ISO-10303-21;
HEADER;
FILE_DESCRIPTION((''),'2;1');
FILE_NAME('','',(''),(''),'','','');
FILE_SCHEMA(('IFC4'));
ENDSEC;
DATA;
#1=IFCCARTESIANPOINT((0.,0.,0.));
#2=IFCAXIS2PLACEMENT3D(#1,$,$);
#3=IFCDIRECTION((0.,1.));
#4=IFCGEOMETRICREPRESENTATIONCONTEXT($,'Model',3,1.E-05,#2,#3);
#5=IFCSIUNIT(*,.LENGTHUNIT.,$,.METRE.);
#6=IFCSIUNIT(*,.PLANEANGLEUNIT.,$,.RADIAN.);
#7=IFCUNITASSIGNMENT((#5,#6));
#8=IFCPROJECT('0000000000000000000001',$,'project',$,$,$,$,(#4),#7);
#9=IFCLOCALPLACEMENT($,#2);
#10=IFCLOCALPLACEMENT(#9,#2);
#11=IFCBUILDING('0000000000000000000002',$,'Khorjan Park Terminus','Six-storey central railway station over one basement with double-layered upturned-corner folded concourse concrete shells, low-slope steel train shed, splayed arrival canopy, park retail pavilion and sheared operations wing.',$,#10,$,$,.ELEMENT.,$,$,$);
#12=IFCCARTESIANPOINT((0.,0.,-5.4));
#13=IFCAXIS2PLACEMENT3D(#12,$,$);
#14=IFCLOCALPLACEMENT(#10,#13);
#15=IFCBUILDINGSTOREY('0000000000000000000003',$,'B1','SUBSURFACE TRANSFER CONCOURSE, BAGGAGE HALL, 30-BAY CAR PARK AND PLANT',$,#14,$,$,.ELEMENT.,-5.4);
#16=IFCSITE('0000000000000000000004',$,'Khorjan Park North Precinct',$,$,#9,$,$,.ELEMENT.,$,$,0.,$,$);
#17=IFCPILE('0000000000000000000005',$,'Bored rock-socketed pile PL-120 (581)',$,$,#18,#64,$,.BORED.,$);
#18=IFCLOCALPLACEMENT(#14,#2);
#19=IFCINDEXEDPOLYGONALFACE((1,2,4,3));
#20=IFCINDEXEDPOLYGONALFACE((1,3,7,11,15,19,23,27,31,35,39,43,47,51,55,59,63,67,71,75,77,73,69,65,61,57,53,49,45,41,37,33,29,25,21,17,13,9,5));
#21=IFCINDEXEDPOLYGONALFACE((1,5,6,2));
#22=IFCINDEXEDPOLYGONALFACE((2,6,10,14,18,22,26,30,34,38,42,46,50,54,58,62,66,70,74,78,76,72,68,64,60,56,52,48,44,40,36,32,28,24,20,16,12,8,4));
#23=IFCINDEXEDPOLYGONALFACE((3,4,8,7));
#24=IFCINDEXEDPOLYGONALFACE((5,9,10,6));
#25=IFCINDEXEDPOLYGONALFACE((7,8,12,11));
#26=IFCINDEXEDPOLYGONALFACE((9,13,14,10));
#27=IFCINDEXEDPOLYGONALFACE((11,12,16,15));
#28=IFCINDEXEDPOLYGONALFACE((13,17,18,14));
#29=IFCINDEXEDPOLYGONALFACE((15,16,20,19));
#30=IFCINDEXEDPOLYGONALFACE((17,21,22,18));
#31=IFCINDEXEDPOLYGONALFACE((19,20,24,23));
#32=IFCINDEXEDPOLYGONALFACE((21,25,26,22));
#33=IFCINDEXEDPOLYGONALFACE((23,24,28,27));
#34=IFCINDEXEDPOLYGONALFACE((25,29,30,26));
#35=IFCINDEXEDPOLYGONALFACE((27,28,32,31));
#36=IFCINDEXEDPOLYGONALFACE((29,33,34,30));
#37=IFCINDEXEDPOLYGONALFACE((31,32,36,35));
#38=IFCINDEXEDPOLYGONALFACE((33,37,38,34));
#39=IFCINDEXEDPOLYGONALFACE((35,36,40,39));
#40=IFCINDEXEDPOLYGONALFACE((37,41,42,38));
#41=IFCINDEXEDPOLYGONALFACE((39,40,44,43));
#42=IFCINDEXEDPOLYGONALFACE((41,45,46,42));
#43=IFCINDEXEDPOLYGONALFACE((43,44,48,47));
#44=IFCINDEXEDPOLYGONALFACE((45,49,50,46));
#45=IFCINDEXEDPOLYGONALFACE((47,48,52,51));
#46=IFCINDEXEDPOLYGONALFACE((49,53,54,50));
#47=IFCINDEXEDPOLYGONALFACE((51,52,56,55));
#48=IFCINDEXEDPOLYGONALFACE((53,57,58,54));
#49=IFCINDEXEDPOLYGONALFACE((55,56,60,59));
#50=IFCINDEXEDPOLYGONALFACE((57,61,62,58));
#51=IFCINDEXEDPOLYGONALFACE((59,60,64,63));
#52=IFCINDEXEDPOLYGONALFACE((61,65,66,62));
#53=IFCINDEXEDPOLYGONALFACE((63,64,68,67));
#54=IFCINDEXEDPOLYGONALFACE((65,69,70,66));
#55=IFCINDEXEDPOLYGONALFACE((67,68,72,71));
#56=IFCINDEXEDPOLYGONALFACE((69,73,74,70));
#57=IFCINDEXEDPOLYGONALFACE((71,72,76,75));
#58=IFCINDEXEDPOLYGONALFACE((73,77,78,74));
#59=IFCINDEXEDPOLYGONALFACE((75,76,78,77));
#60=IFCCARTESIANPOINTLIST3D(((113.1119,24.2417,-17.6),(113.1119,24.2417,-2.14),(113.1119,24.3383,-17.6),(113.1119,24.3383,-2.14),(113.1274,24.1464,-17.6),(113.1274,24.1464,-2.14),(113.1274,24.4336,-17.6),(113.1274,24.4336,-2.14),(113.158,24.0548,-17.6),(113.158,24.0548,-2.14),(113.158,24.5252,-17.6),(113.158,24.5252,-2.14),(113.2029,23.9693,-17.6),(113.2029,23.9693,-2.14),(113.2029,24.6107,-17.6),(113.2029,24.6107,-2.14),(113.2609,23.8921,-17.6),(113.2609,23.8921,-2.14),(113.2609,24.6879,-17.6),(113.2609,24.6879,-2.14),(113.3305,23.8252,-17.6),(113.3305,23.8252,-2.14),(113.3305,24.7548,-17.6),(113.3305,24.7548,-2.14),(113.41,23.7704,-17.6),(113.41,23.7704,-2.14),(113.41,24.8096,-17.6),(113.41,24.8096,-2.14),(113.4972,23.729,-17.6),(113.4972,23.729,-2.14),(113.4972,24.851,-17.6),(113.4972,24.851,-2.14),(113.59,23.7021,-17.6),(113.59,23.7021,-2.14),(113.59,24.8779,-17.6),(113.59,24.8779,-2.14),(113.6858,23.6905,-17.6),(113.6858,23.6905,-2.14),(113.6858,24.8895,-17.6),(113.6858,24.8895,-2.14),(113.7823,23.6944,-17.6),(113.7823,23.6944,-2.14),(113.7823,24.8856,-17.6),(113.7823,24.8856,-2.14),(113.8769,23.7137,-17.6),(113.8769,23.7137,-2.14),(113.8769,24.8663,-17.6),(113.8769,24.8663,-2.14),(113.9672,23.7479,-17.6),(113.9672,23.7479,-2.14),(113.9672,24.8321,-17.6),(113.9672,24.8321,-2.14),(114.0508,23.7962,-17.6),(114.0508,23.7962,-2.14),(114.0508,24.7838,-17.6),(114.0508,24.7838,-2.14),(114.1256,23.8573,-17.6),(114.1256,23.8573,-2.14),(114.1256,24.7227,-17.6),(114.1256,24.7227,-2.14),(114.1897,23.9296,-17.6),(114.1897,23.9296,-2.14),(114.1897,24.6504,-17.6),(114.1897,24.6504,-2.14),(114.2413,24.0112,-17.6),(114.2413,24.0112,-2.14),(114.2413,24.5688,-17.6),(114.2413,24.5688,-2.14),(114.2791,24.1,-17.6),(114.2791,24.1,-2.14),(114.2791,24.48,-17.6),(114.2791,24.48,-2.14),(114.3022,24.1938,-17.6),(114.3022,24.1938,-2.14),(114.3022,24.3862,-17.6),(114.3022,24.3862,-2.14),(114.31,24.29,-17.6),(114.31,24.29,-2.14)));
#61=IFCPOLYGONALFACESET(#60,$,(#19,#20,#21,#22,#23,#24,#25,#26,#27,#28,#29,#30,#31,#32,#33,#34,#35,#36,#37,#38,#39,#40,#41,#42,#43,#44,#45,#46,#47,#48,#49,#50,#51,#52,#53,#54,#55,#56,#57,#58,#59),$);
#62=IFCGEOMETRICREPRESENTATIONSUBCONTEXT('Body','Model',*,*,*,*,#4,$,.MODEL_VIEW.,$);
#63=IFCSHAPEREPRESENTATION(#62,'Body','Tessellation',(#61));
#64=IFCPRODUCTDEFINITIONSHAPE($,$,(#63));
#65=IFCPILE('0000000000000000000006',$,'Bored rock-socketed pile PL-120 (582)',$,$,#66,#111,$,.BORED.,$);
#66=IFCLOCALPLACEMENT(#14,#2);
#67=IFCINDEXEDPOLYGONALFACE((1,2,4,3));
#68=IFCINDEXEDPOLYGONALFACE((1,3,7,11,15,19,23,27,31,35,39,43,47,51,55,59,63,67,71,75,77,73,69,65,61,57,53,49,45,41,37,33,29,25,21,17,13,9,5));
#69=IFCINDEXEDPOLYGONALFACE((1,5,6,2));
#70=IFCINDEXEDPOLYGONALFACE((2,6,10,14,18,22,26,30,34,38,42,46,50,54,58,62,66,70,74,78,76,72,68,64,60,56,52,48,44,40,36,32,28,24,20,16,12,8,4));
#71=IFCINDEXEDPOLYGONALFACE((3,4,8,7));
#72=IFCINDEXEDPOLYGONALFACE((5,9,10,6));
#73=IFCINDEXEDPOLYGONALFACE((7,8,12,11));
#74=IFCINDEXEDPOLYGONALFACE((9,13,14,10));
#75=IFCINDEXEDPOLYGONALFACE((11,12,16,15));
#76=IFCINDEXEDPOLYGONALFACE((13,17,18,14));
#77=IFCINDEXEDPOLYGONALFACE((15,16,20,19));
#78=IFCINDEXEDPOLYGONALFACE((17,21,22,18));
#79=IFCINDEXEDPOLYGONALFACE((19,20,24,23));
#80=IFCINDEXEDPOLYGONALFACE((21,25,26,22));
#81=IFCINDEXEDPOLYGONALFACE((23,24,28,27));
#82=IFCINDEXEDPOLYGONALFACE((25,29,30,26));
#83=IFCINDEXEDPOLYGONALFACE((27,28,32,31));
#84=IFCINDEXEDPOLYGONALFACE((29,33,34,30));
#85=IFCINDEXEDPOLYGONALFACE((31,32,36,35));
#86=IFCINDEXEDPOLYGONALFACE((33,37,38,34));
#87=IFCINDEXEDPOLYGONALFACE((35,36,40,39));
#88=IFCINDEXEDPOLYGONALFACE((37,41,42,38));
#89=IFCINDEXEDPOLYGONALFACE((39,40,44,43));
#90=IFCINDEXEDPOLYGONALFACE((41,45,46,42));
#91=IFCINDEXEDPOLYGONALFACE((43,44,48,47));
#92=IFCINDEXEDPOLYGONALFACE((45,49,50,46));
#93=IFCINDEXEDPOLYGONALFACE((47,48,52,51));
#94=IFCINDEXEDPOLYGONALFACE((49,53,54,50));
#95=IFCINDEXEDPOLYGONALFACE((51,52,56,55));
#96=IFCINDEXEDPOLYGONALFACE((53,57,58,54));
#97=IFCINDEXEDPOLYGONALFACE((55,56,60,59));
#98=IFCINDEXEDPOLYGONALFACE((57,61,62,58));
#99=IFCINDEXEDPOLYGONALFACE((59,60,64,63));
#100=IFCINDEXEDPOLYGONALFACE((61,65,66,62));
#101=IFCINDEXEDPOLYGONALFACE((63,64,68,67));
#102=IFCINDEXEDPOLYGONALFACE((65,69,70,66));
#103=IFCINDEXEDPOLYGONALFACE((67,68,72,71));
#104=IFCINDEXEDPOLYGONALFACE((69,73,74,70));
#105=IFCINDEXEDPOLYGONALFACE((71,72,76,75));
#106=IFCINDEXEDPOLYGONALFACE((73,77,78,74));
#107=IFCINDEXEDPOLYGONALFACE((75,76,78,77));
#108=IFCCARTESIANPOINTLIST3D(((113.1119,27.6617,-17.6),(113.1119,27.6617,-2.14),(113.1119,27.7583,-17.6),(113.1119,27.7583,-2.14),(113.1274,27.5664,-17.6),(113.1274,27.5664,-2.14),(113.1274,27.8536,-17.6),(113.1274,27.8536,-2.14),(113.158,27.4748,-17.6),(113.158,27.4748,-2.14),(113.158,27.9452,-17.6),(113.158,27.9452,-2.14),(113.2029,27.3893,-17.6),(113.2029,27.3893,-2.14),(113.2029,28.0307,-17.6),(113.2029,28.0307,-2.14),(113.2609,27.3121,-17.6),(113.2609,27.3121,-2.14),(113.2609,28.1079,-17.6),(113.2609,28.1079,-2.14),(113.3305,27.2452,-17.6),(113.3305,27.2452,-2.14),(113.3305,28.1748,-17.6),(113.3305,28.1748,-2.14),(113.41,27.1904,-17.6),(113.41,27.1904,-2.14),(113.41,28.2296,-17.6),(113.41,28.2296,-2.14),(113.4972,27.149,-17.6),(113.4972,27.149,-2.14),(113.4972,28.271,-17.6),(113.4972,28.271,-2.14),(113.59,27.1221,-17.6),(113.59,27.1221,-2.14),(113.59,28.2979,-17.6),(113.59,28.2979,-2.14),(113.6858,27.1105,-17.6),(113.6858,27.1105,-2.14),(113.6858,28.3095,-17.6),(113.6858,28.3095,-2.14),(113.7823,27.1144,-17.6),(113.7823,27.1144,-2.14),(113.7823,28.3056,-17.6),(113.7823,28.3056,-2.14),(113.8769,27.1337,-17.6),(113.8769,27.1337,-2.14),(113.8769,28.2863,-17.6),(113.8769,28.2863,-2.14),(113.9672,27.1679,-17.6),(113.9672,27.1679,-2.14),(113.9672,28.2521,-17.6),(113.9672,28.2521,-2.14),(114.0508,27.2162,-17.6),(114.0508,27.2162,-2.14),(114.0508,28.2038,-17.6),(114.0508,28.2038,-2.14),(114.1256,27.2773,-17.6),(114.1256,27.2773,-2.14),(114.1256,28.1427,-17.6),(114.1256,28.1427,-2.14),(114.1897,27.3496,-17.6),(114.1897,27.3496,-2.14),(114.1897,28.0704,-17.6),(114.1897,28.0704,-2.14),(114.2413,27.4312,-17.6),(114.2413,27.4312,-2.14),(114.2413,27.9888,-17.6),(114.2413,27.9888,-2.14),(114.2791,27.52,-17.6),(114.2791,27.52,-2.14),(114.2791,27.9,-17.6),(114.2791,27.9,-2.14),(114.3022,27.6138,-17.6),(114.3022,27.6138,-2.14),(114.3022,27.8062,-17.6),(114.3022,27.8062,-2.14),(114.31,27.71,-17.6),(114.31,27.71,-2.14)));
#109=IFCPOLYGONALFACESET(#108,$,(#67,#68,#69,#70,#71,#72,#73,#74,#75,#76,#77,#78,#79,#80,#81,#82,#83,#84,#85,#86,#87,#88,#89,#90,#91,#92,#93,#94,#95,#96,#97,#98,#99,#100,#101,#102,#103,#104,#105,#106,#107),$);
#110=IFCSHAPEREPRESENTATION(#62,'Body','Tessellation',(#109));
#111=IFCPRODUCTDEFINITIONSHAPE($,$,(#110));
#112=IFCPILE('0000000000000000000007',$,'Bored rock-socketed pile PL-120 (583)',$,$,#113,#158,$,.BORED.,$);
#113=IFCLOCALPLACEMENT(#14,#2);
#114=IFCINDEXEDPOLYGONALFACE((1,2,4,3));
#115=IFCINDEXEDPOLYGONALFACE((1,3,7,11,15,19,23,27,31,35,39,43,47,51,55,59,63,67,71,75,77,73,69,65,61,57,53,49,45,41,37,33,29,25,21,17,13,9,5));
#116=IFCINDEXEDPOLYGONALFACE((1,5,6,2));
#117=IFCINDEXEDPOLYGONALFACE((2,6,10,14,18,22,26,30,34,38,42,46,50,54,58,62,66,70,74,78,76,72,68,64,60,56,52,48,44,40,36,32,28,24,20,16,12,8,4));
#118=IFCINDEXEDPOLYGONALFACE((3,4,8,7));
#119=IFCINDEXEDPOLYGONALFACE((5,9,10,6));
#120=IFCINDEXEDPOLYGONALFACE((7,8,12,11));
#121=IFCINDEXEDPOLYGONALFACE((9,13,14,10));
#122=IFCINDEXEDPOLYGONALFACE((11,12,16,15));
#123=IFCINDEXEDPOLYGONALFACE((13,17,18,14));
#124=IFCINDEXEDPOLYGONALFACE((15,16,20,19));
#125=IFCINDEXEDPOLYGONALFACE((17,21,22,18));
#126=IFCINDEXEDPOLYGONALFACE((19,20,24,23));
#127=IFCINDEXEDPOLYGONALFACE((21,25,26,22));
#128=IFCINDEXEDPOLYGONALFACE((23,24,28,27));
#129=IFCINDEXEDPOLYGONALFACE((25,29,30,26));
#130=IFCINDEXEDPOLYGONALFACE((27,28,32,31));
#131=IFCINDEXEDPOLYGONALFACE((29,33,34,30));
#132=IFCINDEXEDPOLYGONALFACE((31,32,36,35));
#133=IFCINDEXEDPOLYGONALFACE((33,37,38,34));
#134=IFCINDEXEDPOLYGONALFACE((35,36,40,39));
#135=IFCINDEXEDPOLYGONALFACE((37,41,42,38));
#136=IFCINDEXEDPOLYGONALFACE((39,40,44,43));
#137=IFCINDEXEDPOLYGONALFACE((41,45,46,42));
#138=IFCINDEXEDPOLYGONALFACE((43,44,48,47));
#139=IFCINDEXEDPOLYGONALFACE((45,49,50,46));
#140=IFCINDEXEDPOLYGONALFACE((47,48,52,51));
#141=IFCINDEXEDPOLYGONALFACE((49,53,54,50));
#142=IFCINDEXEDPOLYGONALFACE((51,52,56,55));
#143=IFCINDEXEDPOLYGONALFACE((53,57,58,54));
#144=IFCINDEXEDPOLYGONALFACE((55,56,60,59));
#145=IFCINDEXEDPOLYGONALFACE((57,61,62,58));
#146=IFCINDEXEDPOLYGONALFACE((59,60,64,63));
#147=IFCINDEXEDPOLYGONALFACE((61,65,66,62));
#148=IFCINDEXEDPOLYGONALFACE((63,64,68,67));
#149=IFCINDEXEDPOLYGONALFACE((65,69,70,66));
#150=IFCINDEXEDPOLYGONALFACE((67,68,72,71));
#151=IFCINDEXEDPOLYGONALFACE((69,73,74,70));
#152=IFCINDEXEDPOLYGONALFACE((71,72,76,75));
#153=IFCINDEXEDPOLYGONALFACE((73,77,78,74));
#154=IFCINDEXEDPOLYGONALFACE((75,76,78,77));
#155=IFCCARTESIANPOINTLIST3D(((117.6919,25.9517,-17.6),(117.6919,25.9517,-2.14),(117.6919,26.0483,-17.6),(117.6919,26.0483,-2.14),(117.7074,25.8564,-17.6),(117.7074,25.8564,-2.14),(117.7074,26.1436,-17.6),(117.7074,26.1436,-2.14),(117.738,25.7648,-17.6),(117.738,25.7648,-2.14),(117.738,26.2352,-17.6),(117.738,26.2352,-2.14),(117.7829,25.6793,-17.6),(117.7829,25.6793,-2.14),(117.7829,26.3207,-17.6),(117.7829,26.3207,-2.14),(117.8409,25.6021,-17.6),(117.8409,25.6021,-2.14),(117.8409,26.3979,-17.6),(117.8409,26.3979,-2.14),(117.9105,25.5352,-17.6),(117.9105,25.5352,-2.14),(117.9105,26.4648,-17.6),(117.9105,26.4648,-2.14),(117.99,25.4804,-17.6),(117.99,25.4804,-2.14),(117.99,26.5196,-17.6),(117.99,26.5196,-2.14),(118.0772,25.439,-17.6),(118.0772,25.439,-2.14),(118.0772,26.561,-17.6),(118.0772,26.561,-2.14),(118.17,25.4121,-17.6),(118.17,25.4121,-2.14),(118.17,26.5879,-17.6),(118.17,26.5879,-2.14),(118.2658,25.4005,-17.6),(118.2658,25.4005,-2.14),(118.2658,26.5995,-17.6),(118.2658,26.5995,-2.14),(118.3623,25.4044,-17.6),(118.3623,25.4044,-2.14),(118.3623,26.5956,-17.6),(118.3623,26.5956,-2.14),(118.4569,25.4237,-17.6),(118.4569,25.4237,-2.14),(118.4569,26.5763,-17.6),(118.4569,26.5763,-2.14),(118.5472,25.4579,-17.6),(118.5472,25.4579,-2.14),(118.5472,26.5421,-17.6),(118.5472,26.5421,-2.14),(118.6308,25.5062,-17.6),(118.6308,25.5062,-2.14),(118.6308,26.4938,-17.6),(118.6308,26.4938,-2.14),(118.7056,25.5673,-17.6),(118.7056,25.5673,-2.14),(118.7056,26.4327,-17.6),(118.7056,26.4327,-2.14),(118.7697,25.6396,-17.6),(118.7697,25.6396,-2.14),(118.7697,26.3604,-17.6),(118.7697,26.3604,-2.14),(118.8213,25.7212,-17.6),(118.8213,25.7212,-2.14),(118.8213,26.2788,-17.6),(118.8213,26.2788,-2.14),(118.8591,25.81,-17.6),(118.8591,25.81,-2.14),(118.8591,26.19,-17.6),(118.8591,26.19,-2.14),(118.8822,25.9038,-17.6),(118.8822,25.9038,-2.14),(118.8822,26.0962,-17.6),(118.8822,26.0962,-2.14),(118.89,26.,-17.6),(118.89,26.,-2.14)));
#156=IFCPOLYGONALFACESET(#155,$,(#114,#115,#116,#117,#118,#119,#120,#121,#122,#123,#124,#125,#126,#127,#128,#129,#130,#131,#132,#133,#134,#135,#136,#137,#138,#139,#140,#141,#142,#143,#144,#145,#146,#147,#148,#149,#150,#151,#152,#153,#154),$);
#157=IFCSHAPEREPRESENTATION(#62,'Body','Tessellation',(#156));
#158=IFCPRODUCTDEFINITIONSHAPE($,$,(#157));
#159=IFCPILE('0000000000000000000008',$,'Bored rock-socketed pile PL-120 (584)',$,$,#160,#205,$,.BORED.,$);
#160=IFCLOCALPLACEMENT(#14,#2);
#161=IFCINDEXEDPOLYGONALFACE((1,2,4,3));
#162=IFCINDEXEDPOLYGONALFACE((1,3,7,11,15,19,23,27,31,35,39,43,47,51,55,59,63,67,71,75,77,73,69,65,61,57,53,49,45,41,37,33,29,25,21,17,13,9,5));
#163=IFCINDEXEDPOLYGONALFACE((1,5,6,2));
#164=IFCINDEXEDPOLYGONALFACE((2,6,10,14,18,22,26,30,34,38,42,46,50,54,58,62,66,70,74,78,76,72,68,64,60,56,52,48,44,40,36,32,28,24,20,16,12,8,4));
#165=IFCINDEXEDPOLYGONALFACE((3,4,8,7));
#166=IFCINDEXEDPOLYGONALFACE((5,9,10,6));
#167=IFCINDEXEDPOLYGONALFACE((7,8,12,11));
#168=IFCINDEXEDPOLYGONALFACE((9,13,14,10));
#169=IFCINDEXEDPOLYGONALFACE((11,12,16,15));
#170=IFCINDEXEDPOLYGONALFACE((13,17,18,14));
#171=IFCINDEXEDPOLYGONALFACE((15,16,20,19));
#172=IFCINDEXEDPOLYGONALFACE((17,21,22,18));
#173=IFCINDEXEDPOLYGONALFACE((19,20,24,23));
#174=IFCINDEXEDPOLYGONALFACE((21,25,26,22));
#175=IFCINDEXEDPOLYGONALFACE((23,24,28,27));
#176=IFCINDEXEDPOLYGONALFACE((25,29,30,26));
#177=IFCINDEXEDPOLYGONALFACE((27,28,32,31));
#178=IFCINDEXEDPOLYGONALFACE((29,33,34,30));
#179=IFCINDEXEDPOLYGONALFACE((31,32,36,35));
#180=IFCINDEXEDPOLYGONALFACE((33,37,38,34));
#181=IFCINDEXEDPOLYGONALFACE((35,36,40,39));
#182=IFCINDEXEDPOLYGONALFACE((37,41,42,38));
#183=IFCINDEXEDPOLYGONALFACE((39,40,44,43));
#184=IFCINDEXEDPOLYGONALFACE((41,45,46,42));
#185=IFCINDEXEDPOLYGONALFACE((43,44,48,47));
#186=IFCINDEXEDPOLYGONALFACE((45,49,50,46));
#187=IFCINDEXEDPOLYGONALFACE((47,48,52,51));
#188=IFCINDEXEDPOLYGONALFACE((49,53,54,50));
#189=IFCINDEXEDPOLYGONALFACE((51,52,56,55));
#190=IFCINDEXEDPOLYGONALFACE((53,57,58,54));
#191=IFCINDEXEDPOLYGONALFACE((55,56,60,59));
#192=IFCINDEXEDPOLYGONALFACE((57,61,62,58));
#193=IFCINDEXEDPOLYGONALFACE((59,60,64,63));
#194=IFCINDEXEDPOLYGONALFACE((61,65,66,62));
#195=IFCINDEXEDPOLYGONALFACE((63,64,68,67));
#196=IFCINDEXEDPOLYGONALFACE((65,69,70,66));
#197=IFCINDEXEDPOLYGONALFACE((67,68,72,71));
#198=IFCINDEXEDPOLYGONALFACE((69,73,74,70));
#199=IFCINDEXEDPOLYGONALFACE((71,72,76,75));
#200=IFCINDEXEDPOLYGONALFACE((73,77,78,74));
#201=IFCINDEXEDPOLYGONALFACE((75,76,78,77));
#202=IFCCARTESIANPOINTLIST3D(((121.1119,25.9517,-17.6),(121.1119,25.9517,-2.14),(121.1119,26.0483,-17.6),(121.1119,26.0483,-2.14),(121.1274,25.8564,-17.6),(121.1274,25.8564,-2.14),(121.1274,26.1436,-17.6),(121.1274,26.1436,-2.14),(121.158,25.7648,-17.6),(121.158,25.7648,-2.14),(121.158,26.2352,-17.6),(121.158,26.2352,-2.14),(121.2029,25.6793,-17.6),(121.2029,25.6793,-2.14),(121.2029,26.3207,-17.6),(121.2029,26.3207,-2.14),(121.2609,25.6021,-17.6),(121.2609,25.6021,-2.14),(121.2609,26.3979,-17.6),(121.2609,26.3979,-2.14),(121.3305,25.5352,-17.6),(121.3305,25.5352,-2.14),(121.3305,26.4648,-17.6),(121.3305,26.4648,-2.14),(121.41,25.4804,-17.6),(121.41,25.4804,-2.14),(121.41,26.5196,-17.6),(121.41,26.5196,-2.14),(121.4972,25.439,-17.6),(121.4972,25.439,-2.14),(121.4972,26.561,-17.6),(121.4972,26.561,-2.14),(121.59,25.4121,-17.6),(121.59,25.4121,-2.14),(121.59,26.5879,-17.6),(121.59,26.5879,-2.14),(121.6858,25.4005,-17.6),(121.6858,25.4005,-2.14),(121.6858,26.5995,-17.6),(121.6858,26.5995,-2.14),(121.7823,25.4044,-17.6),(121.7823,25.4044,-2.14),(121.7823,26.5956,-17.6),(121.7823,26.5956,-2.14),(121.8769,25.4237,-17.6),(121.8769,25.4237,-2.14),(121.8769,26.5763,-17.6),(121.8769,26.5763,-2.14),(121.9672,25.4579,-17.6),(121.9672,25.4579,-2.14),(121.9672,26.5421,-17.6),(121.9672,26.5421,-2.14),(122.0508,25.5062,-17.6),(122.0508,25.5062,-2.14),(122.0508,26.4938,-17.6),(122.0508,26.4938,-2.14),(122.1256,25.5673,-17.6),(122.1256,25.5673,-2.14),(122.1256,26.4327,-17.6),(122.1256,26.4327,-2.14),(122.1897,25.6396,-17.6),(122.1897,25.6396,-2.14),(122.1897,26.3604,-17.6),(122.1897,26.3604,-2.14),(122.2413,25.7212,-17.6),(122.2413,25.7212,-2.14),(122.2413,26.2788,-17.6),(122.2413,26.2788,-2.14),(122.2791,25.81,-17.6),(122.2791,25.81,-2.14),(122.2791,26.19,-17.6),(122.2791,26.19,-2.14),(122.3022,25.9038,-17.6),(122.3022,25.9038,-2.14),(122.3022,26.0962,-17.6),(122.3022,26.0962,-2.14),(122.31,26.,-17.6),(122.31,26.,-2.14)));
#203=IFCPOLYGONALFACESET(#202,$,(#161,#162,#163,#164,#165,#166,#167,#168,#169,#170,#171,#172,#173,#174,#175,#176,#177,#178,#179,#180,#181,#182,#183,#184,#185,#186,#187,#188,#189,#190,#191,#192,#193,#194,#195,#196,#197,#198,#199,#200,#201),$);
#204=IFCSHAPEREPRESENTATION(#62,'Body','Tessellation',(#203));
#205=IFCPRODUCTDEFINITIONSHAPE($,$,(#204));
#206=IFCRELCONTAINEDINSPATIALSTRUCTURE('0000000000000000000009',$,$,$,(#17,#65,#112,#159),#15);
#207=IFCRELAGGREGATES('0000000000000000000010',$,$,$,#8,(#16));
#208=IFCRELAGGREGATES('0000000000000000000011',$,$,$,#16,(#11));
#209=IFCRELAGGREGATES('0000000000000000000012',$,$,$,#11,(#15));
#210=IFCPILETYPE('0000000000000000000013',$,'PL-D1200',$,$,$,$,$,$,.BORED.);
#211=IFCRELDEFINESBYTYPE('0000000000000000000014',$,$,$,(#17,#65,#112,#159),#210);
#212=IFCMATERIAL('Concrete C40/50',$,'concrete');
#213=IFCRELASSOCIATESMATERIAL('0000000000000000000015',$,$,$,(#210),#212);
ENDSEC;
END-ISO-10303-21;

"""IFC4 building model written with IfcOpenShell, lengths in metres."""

from ifc_helpers import new_model, si_unit, direction, frame, origin, origin_2d, place, context, subcontext, project, spatial, circle, extrude, material, material_profile, profile_set, type_object, element, save


model = new_model("IFC4")

# Units and contexts
model_context = context("Model", 3, precision=1e-05, world=origin(), true_north=direction((0.0, 1.0)))
body_context = subcontext(model_context, "Body", "Model", "MODEL_VIEW")
ifc_project = project(units=[si_unit("LENGTHUNIT", "METRE"), si_unit("PLANEANGLEUNIT", "RADIAN")], contexts=[model_context])

# Site, building, storey
site_placement = place(None, origin())
site = spatial("IfcSite", under=ifc_project, at=site_placement, Name="Khorjan Park North Precinct", CompositionType="ELEMENT", RefElevation=0.0)
building_placement = place(site_placement, origin())
building = spatial("IfcBuilding", under=site, at=building_placement, Name="Khorjan Park Terminus", Description="Six-storey central railway station over one basement with double-layered upturned-corner folded concourse concrete shells, low-slope steel train shed, splayed arrival canopy, park retail pavilion and sheared operations wing.", CompositionType="ELEMENT")
storey_placement = place(building_placement, frame((0.0, 0.0, -5.4)))
storey = spatial("IfcBuildingStorey", under=building, at=storey_placement, Name="B1", Description="SUBSURFACE TRANSFER CONCOURSE, BAGGAGE HALL, 30-BAY CAR PARK AND PLANT", CompositionType="ELEMENT", Elevation=-5.4)

# Piles
ifc_material_1 = material(Name="Concrete C40/50", Category="concrete")
ifc_material_profile_1 = material_profile(ifc_material_1, circle(Radius=0.6, at=origin_2d()), Name="BORED D1200")
ifc_profile_set_1 = profile_set([ifc_material_profile_1], Name="Concrete C40/50")
pile_type_1 = type_object("IfcPileType", Name="PL-D1200", PredefinedType="BORED", material=ifc_profile_set_1)
for number, where, z_axis, x_axis, name in (
    (1, (113.71, 24.29, -2.14), (0.0, 0.0, -1.0), (1.0, 0.0, 0.0), "Bored rock-socketed pile PL-120 (581)"),
    (2, (113.71, 27.71, -2.14), (0.0, 0.0, -1.0), (1.0, 0.0, 0.0), "Bored rock-socketed pile PL-120 (582)"),
    (3, (118.29, 26.0, -2.14), (0.0, 0.0, -1.0), (1.0, 0.0, 0.0), "Bored rock-socketed pile PL-120 (583)"),
    (4, (121.71, 26.0, -2.14), (0.0, 0.0, -1.0), (1.0, 0.0, 0.0), "Bored rock-socketed pile PL-120 (584)"),
):
    element("IfcPile", number, at=place(storey_placement, frame(where, z_axis=z_axis, x_axis=x_axis)), inside=storey, type_object=pile_type_1, Name=name, PredefinedType="BORED", context=body_context, shape_type="SweptSolid", body=[
        extrude(circle(Radius=0.6, at=origin_2d()), origin(), (0.0, 0.0, 1.0), 15.46),
    ])

save(model, "model.ifc")
